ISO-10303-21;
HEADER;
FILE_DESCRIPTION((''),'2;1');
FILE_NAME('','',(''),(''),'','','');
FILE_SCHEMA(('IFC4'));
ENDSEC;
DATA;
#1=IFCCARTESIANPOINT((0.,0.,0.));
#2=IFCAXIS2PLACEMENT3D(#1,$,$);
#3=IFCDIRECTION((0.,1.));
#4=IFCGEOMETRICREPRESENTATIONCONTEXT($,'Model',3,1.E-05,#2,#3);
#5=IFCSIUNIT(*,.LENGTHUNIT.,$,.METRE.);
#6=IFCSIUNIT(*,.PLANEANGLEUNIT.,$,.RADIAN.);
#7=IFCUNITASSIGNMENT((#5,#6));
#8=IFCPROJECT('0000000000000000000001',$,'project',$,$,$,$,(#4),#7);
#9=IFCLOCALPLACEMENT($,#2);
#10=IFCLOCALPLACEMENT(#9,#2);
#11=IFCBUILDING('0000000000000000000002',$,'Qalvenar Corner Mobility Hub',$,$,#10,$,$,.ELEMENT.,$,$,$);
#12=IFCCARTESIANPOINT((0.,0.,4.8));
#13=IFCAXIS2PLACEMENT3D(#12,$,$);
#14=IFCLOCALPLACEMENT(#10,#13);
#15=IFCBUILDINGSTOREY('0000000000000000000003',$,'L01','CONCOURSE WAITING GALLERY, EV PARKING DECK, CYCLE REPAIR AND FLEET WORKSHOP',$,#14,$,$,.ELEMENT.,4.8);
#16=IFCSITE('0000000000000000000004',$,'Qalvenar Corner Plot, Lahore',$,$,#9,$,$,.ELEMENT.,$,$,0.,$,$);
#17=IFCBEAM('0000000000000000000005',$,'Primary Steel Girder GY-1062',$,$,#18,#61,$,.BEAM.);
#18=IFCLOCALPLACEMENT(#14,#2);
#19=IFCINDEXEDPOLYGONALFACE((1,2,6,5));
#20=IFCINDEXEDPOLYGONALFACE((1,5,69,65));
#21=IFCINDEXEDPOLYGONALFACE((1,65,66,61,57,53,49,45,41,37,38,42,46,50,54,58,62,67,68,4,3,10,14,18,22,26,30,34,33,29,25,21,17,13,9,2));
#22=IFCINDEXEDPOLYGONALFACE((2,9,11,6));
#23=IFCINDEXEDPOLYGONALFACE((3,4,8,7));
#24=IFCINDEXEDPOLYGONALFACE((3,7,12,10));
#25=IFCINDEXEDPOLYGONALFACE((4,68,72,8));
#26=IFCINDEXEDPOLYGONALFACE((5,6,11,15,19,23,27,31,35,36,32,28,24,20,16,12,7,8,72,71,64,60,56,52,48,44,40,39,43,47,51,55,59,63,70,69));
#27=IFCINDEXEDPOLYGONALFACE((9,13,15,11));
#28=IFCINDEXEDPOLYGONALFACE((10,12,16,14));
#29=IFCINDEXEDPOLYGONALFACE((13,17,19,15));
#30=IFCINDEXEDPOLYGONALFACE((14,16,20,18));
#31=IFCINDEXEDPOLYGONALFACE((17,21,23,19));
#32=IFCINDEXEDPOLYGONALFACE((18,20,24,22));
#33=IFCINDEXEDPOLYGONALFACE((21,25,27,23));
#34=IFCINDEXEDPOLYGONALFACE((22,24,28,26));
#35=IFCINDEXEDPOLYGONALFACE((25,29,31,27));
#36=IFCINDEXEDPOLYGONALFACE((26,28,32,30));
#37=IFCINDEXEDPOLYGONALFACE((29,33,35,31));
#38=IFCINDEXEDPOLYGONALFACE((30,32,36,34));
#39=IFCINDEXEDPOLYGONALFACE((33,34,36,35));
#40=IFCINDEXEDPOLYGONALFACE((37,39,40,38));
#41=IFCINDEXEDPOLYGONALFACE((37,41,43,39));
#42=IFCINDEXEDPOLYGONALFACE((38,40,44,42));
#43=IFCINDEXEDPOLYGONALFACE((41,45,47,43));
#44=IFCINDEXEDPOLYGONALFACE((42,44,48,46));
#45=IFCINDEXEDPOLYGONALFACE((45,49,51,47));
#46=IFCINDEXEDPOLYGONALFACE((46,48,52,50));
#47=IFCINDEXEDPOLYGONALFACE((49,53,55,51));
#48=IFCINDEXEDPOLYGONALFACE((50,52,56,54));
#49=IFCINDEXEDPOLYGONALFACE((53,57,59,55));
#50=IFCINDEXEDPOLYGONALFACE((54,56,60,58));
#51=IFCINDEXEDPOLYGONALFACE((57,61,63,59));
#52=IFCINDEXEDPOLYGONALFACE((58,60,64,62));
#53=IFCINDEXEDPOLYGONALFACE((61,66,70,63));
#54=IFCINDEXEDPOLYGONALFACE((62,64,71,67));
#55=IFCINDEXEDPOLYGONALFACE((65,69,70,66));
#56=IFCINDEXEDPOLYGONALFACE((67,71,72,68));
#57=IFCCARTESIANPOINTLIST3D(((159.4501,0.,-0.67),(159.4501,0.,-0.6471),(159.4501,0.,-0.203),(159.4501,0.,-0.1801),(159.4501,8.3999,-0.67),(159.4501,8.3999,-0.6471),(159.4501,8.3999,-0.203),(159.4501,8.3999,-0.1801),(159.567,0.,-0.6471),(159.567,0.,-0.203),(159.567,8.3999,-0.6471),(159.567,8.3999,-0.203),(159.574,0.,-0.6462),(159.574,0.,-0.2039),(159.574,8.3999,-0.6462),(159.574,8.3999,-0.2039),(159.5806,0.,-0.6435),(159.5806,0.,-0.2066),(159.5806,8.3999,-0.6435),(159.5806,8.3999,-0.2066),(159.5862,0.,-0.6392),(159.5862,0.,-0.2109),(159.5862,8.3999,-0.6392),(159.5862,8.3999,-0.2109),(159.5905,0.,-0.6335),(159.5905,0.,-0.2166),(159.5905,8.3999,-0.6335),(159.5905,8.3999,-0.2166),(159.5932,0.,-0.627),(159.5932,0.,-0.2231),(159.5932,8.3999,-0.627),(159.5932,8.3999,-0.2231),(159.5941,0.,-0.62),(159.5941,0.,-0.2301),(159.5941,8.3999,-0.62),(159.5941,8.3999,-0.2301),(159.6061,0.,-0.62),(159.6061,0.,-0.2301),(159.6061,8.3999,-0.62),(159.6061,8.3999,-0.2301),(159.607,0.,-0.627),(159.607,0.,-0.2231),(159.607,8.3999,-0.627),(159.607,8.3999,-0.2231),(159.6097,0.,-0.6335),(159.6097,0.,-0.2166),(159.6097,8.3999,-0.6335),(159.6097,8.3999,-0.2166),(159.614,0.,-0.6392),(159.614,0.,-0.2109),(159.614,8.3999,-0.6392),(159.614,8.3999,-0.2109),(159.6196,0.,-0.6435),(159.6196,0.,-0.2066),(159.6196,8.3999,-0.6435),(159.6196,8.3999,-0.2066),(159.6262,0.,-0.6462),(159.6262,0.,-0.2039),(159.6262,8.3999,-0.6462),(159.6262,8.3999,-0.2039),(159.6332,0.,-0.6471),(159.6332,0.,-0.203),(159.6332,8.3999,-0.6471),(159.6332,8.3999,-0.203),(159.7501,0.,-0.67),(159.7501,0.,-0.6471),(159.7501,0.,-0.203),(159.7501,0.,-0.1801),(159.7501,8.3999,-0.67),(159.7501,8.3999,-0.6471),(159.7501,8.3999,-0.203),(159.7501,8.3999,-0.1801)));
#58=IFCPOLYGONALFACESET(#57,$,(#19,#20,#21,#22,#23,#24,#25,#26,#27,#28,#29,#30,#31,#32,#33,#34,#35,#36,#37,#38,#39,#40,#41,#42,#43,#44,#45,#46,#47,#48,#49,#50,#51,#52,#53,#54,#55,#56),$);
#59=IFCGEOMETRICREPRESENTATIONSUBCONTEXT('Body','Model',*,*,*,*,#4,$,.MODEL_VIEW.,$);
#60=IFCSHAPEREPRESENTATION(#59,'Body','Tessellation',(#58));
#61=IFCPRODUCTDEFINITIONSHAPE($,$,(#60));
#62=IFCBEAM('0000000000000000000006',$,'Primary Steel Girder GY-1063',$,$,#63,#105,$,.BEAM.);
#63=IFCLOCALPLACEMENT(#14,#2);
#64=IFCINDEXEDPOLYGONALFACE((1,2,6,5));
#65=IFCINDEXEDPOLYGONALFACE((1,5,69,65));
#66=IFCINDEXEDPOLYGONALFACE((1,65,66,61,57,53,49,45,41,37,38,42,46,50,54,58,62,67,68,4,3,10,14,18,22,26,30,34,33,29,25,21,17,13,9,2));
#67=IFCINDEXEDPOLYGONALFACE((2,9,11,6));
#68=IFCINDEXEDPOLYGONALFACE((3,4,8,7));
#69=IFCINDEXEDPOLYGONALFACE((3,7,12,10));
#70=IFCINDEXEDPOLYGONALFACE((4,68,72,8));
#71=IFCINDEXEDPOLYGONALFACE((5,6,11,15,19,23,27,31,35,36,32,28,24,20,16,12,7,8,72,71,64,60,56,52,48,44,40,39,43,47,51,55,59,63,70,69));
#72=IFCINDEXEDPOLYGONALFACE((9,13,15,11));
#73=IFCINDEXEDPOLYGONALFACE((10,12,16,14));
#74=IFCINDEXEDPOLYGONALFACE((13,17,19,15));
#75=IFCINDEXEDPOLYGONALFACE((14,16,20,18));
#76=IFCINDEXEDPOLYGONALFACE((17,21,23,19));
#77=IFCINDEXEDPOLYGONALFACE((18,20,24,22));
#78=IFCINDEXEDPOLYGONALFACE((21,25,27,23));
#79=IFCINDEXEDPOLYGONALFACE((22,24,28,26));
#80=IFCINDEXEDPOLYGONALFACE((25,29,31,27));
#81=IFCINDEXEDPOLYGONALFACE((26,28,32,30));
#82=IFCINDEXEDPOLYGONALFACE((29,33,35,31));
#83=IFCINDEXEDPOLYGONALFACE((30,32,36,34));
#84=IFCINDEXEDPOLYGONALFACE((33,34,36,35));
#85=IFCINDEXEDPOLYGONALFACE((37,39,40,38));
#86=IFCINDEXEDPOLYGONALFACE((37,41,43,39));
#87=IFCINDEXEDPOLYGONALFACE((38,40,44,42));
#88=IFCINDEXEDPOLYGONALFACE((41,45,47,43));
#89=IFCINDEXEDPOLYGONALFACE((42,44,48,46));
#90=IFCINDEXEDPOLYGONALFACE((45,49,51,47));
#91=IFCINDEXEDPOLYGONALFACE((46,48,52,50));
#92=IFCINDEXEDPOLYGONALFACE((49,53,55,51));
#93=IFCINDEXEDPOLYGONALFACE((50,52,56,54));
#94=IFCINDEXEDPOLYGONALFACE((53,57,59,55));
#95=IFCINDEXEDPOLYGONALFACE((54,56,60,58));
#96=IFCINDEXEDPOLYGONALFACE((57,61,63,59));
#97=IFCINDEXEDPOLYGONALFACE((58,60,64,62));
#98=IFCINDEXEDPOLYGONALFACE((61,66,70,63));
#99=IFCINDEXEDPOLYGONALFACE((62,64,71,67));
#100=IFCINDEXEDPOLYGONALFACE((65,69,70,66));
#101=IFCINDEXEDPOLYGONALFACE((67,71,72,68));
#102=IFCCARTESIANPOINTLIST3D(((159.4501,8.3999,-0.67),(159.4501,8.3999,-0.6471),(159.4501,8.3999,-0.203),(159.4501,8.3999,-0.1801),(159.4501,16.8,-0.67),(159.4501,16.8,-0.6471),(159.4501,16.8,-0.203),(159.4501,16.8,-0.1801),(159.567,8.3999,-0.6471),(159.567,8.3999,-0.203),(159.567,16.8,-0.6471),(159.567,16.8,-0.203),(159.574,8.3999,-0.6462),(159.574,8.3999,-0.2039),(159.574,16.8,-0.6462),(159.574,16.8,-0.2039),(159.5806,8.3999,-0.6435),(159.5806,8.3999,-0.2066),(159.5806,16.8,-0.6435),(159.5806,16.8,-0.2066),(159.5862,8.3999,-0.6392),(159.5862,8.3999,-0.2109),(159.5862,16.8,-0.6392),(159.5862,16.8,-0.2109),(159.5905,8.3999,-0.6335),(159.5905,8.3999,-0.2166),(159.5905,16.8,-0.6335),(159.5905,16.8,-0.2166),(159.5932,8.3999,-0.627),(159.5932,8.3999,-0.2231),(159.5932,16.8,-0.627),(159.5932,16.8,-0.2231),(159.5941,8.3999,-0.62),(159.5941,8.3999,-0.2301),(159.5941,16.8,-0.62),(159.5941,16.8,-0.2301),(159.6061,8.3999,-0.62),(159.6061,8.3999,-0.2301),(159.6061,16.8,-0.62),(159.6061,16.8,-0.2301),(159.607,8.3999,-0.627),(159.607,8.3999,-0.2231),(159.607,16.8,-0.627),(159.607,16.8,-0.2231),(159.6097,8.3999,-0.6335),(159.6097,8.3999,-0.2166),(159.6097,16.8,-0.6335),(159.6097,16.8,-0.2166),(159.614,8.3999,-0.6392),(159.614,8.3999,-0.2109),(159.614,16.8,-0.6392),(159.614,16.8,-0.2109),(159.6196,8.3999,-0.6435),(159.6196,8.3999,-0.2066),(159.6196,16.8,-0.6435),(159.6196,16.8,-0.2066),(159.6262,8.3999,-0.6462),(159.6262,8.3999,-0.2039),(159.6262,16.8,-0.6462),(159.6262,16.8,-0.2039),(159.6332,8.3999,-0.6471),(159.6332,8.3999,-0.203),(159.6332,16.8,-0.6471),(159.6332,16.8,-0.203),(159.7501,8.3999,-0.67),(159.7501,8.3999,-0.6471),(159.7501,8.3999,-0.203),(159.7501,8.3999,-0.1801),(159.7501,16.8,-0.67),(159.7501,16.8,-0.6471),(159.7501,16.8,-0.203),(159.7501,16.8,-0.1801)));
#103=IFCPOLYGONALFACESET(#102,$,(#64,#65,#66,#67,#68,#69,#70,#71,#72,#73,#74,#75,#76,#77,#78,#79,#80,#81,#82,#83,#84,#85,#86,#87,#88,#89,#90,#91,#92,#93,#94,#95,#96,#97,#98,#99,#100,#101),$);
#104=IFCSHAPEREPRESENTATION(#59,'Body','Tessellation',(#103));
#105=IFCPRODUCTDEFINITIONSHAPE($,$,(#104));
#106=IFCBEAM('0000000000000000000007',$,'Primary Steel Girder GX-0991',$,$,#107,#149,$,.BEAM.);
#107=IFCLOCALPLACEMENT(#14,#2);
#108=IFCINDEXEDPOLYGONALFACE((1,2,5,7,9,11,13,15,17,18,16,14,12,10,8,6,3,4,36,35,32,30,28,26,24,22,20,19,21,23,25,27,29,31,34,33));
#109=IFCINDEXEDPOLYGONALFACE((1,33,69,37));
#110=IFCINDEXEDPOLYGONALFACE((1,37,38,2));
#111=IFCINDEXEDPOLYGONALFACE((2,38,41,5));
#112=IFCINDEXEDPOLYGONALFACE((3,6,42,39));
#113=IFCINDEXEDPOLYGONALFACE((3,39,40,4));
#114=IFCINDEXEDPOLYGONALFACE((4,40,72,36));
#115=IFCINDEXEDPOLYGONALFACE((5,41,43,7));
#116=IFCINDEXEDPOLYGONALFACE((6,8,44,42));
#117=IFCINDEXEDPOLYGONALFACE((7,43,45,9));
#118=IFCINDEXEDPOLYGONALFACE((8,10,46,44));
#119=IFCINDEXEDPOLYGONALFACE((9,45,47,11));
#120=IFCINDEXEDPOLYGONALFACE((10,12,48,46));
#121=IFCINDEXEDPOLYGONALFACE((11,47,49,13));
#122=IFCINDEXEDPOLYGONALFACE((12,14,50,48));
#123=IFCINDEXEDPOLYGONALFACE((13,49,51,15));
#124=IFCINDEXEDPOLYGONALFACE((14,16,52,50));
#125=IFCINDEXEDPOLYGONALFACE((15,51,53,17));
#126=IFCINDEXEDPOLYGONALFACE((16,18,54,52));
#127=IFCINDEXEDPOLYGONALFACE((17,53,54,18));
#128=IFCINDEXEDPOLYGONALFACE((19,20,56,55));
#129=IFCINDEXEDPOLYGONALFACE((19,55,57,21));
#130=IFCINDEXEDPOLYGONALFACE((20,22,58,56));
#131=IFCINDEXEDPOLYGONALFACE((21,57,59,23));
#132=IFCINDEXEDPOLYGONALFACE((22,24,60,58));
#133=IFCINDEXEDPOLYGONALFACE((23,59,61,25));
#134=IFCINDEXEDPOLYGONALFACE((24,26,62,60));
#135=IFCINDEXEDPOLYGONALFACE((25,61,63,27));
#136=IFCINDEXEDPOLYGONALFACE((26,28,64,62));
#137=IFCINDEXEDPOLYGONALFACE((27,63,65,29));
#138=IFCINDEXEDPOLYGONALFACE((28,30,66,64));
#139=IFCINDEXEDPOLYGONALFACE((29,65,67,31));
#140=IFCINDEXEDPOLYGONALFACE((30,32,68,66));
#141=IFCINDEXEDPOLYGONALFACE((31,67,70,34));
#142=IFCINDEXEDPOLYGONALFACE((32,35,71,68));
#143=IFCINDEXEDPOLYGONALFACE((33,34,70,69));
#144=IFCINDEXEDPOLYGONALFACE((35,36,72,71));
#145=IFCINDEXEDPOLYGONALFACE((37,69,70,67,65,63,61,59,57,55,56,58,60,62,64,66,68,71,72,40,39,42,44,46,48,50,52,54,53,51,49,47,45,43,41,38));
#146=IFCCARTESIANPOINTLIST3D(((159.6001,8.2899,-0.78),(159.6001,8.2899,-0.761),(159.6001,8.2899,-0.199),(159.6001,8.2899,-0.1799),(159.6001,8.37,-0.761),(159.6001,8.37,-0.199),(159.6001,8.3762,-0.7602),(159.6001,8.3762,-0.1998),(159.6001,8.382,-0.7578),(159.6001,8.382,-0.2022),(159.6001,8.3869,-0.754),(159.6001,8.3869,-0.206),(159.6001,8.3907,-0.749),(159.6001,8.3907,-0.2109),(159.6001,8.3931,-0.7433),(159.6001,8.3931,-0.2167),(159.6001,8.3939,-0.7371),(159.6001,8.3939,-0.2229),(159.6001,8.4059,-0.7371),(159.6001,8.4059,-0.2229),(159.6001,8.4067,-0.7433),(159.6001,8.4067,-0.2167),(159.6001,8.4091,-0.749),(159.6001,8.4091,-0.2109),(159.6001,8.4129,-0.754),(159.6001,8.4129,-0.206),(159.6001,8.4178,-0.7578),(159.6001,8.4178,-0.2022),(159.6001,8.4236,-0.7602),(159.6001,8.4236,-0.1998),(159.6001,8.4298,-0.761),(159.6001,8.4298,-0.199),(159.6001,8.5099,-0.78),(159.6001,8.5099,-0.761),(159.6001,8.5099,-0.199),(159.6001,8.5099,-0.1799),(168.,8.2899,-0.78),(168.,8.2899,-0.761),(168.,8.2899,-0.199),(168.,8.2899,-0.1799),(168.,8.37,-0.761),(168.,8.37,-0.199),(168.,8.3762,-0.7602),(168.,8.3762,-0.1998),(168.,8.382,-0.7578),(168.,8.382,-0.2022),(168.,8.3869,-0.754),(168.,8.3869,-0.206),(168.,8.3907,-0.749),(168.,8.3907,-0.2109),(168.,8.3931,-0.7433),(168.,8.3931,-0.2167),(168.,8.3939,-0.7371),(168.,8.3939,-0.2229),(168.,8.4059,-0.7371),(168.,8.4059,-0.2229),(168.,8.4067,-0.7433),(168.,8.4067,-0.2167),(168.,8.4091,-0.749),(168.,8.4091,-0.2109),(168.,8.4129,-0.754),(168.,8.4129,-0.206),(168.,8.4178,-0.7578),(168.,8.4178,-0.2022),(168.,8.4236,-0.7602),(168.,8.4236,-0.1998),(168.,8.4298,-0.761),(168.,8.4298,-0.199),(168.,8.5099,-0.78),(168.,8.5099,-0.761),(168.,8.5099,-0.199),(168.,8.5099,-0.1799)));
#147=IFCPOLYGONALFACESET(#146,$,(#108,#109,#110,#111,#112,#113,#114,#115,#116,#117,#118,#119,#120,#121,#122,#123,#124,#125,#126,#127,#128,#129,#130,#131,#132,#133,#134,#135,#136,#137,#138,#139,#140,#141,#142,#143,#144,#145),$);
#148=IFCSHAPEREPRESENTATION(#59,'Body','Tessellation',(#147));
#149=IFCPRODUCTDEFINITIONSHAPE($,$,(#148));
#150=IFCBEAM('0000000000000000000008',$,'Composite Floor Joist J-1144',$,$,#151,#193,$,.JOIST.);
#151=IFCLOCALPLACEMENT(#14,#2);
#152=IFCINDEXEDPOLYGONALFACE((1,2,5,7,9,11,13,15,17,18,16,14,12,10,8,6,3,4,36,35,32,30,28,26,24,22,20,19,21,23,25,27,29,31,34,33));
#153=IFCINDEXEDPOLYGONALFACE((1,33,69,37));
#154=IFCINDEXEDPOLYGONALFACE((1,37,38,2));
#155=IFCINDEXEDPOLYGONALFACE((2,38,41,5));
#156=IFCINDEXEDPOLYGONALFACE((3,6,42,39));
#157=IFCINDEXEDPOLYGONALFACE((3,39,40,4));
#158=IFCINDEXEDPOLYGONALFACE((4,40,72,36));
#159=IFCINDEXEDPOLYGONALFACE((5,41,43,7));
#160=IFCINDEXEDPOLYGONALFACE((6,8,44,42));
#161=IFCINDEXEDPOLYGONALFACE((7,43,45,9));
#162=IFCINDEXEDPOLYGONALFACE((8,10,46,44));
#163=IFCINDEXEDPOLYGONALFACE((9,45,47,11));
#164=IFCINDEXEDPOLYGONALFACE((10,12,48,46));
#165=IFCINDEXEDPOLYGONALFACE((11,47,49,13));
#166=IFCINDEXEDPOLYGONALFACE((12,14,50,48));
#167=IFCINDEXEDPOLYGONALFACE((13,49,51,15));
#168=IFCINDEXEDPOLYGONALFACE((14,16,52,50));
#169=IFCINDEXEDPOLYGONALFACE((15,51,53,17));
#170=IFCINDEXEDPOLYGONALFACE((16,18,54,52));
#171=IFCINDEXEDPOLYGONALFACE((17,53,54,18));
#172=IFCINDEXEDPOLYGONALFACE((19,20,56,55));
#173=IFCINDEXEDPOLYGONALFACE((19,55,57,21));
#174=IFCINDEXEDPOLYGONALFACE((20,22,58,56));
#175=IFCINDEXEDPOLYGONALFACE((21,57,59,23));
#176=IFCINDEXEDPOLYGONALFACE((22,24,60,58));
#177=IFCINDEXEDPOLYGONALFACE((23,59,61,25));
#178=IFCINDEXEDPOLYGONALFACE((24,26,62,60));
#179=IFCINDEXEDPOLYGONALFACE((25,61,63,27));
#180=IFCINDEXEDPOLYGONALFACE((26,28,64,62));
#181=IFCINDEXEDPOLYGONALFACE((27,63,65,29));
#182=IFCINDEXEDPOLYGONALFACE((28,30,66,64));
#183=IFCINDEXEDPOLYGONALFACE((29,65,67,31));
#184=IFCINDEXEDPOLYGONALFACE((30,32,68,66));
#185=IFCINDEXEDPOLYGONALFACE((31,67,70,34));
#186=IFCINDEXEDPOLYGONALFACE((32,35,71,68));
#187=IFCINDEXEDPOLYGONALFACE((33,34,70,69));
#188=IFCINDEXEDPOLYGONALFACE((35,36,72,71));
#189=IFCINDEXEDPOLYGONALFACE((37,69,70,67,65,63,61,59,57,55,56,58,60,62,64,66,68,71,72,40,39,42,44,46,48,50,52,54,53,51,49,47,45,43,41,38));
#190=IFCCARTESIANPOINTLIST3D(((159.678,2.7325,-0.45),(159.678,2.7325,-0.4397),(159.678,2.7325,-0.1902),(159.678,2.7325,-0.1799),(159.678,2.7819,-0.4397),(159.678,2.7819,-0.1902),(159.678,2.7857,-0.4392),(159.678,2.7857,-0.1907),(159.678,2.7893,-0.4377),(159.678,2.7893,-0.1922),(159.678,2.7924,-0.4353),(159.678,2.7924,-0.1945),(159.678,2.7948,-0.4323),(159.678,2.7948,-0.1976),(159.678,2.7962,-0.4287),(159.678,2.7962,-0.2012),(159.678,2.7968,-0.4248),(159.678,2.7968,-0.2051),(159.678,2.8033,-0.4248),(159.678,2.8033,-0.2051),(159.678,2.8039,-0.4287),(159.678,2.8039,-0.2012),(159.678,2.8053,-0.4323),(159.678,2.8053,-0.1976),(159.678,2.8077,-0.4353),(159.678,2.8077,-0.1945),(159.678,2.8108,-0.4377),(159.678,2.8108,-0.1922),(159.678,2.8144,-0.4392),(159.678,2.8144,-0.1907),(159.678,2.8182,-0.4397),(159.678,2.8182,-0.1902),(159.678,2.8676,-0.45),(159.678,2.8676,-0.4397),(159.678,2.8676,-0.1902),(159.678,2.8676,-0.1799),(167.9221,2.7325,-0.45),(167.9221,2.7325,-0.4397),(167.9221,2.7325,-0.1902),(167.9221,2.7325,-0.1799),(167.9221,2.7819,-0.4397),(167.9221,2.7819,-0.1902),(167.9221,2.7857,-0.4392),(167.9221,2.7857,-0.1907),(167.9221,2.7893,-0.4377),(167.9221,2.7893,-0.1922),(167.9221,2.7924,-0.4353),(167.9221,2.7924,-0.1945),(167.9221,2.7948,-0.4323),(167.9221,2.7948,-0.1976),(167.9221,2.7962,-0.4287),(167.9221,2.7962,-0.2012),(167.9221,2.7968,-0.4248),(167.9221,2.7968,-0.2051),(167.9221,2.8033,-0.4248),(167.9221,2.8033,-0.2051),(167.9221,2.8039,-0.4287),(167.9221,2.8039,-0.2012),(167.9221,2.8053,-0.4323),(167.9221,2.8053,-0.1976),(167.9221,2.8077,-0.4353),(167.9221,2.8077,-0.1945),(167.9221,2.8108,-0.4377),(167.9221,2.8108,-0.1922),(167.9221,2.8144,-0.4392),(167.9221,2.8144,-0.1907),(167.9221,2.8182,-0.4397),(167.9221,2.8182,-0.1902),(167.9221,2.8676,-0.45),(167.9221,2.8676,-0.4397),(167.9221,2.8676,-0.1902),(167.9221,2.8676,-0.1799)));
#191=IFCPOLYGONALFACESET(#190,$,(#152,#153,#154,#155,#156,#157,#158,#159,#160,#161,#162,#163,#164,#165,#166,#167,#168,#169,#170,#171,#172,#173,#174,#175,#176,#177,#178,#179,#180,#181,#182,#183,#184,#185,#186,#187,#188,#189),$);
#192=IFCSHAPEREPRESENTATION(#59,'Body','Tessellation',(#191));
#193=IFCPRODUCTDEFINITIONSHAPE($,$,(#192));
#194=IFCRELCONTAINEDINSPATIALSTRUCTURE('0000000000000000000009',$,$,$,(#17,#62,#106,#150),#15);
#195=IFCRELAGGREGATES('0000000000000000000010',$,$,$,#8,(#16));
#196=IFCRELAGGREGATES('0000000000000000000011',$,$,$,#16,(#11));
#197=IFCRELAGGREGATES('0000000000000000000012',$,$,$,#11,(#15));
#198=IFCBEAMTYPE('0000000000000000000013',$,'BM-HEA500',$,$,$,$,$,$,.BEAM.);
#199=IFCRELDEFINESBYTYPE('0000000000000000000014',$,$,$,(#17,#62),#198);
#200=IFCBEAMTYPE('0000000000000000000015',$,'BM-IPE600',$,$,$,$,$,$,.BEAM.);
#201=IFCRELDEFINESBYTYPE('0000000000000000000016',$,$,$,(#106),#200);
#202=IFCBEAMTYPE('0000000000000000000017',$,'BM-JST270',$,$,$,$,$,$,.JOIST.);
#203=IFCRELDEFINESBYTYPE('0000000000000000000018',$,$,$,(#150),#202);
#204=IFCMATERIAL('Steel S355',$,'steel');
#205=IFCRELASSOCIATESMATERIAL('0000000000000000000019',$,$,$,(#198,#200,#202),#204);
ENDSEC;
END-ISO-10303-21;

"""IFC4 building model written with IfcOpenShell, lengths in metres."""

from ifc_helpers import new_model, si_unit, direction, frame, origin, origin_2d, place, context, subcontext, project, spatial, i_section, extrude, material, material_profile, profile_set, type_object, element, save


model = new_model("IFC4")

# Units and contexts
model_context = context("Model", 3, precision=1e-05, world=origin(), true_north=direction((0.0, 1.0)))
body_context = subcontext(model_context, "Body", "Model", "MODEL_VIEW")
ifc_project = project(units=[si_unit("LENGTHUNIT", "METRE"), si_unit("PLANEANGLEUNIT", "RADIAN")], contexts=[model_context])

# Site, building, storey
site_placement = place(None, origin())
site = spatial("IfcSite", under=ifc_project, at=site_placement, Name="Qalvenar Corner Plot, Lahore", CompositionType="ELEMENT", RefElevation=0.0)
building_placement = place(site_placement, origin())
building = spatial("IfcBuilding", under=site, at=building_placement, Name="Qalvenar Corner Mobility Hub", CompositionType="ELEMENT")
storey_placement = place(building_placement, frame((0.0, 0.0, 4.8)))
storey = spatial("IfcBuildingStorey", under=building, at=storey_placement, Name="L01", Description="CONCOURSE WAITING GALLERY, EV PARKING DECK, CYCLE REPAIR AND FLEET WORKSHOP", CompositionType="ELEMENT", Elevation=4.8)

# Shared definitions
ifc_material_1 = material(Name="Steel S355", Category="steel")

# Beams
ifc_material_profile_1 = material_profile(ifc_material_1, i_section(OverallWidth=0.3, OverallDepth=0.49, WebThickness=0.012, FlangeThickness=0.0229, FilletRadius=0.0271, at=origin_2d()), Name="HEA500")
ifc_profile_set_1 = profile_set([ifc_material_profile_1], Name="Steel S355")
beam_type_1 = type_object("IfcBeamType", Name="BM-HEA500", PredefinedType="BEAM", material=ifc_profile_set_1)
beam_1_placement = place(storey_placement, frame((159.6001, 0.0, -0.425), z_axis=(0.0, 1.0, 0.0), x_axis=(-1.0, 0.0, 0.0)))
element("IfcBeam", 1, at=beam_1_placement, inside=storey, type_object=beam_type_1, Name="Primary Steel Girder GY-1062", PredefinedType="BEAM", context=body_context, shape_type="SweptSolid", body=[
    extrude(i_section(OverallWidth=0.3, OverallDepth=0.49, WebThickness=0.012, FlangeThickness=0.0229, FilletRadius=0.0271, at=origin_2d()), origin(), (0.0, 0.0, 1.0), 8.3999),
])
beam_2_placement = place(storey_placement, frame((159.6001, 8.3999, -0.425), z_axis=(0.0, 1.0, 0.0), x_axis=(-1.0, 0.0, 0.0)))
element("IfcBeam", 2, at=beam_2_placement, inside=storey, type_object=beam_type_1, Name="Primary Steel Girder GY-1063", PredefinedType="BEAM", context=body_context, shape_type="SweptSolid", body=[
    extrude(i_section(OverallWidth=0.3, OverallDepth=0.49, WebThickness=0.012, FlangeThickness=0.0229, FilletRadius=0.0271, at=origin_2d()), origin(), (0.0, 0.0, 1.0), 8.4001),
])
ifc_material_profile_2 = material_profile(ifc_material_1, i_section(OverallWidth=0.22, OverallDepth=0.6001, WebThickness=0.012, FlangeThickness=0.019, FilletRadius=0.0239, at=origin_2d()), Name="IPE600")
ifc_profile_set_2 = profile_set([ifc_material_profile_2], Name="Steel S355")
beam_type_2 = type_object("IfcBeamType", Name="BM-IPE600", PredefinedType="BEAM", material=ifc_profile_set_2)
beam_3_placement = place(storey_placement, frame((159.6001, 8.3999, -0.48), z_axis=(1.0, 0.0, 0.0), x_axis=(0.0, 1.0, 0.0)))
element("IfcBeam", 3, at=beam_3_placement, inside=storey, type_object=beam_type_2, Name="Primary Steel Girder GX-0991", PredefinedType="BEAM", context=body_context, shape_type="SweptSolid", body=[
    extrude(i_section(OverallWidth=0.22, OverallDepth=0.6001, WebThickness=0.012, FlangeThickness=0.019, FilletRadius=0.0239, at=origin_2d()), origin(), (0.0, 0.0, 1.0), 8.3999),
])
ifc_material_profile_3 = material_profile(ifc_material_1, i_section(OverallWidth=0.135, OverallDepth=0.27, WebThickness=0.0066, FlangeThickness=0.0103, FilletRadius=0.0149, at=origin_2d()), Name="IPE270")
ifc_profile_set_3 = profile_set([ifc_material_profile_3], Name="Steel S355")
beam_type_3 = type_object("IfcBeamType", Name="BM-JST270", PredefinedType="JOIST", material=ifc_profile_set_3)
for number, where, z_axis, x_axis, name in (
    (4, (159.678, 2.8, -0.3149), (1.0, 0.0, 0.0), (0.0, 1.0, 0.0), "Composite Floor Joist J-1144"),
):
    element("IfcBeam", number, at=place(storey_placement, frame(where, z_axis=z_axis, x_axis=x_axis)), inside=storey, type_object=beam_type_3, Name=name, PredefinedType="JOIST", context=body_context, shape_type="SweptSolid", body=[
        extrude(i_section(OverallWidth=0.135, OverallDepth=0.27, WebThickness=0.0066, FlangeThickness=0.0103, FilletRadius=0.0149, at=origin_2d()), origin(), (0.0, 0.0, 1.0), 8.2441),
    ])

save(model, "model.ifc")
